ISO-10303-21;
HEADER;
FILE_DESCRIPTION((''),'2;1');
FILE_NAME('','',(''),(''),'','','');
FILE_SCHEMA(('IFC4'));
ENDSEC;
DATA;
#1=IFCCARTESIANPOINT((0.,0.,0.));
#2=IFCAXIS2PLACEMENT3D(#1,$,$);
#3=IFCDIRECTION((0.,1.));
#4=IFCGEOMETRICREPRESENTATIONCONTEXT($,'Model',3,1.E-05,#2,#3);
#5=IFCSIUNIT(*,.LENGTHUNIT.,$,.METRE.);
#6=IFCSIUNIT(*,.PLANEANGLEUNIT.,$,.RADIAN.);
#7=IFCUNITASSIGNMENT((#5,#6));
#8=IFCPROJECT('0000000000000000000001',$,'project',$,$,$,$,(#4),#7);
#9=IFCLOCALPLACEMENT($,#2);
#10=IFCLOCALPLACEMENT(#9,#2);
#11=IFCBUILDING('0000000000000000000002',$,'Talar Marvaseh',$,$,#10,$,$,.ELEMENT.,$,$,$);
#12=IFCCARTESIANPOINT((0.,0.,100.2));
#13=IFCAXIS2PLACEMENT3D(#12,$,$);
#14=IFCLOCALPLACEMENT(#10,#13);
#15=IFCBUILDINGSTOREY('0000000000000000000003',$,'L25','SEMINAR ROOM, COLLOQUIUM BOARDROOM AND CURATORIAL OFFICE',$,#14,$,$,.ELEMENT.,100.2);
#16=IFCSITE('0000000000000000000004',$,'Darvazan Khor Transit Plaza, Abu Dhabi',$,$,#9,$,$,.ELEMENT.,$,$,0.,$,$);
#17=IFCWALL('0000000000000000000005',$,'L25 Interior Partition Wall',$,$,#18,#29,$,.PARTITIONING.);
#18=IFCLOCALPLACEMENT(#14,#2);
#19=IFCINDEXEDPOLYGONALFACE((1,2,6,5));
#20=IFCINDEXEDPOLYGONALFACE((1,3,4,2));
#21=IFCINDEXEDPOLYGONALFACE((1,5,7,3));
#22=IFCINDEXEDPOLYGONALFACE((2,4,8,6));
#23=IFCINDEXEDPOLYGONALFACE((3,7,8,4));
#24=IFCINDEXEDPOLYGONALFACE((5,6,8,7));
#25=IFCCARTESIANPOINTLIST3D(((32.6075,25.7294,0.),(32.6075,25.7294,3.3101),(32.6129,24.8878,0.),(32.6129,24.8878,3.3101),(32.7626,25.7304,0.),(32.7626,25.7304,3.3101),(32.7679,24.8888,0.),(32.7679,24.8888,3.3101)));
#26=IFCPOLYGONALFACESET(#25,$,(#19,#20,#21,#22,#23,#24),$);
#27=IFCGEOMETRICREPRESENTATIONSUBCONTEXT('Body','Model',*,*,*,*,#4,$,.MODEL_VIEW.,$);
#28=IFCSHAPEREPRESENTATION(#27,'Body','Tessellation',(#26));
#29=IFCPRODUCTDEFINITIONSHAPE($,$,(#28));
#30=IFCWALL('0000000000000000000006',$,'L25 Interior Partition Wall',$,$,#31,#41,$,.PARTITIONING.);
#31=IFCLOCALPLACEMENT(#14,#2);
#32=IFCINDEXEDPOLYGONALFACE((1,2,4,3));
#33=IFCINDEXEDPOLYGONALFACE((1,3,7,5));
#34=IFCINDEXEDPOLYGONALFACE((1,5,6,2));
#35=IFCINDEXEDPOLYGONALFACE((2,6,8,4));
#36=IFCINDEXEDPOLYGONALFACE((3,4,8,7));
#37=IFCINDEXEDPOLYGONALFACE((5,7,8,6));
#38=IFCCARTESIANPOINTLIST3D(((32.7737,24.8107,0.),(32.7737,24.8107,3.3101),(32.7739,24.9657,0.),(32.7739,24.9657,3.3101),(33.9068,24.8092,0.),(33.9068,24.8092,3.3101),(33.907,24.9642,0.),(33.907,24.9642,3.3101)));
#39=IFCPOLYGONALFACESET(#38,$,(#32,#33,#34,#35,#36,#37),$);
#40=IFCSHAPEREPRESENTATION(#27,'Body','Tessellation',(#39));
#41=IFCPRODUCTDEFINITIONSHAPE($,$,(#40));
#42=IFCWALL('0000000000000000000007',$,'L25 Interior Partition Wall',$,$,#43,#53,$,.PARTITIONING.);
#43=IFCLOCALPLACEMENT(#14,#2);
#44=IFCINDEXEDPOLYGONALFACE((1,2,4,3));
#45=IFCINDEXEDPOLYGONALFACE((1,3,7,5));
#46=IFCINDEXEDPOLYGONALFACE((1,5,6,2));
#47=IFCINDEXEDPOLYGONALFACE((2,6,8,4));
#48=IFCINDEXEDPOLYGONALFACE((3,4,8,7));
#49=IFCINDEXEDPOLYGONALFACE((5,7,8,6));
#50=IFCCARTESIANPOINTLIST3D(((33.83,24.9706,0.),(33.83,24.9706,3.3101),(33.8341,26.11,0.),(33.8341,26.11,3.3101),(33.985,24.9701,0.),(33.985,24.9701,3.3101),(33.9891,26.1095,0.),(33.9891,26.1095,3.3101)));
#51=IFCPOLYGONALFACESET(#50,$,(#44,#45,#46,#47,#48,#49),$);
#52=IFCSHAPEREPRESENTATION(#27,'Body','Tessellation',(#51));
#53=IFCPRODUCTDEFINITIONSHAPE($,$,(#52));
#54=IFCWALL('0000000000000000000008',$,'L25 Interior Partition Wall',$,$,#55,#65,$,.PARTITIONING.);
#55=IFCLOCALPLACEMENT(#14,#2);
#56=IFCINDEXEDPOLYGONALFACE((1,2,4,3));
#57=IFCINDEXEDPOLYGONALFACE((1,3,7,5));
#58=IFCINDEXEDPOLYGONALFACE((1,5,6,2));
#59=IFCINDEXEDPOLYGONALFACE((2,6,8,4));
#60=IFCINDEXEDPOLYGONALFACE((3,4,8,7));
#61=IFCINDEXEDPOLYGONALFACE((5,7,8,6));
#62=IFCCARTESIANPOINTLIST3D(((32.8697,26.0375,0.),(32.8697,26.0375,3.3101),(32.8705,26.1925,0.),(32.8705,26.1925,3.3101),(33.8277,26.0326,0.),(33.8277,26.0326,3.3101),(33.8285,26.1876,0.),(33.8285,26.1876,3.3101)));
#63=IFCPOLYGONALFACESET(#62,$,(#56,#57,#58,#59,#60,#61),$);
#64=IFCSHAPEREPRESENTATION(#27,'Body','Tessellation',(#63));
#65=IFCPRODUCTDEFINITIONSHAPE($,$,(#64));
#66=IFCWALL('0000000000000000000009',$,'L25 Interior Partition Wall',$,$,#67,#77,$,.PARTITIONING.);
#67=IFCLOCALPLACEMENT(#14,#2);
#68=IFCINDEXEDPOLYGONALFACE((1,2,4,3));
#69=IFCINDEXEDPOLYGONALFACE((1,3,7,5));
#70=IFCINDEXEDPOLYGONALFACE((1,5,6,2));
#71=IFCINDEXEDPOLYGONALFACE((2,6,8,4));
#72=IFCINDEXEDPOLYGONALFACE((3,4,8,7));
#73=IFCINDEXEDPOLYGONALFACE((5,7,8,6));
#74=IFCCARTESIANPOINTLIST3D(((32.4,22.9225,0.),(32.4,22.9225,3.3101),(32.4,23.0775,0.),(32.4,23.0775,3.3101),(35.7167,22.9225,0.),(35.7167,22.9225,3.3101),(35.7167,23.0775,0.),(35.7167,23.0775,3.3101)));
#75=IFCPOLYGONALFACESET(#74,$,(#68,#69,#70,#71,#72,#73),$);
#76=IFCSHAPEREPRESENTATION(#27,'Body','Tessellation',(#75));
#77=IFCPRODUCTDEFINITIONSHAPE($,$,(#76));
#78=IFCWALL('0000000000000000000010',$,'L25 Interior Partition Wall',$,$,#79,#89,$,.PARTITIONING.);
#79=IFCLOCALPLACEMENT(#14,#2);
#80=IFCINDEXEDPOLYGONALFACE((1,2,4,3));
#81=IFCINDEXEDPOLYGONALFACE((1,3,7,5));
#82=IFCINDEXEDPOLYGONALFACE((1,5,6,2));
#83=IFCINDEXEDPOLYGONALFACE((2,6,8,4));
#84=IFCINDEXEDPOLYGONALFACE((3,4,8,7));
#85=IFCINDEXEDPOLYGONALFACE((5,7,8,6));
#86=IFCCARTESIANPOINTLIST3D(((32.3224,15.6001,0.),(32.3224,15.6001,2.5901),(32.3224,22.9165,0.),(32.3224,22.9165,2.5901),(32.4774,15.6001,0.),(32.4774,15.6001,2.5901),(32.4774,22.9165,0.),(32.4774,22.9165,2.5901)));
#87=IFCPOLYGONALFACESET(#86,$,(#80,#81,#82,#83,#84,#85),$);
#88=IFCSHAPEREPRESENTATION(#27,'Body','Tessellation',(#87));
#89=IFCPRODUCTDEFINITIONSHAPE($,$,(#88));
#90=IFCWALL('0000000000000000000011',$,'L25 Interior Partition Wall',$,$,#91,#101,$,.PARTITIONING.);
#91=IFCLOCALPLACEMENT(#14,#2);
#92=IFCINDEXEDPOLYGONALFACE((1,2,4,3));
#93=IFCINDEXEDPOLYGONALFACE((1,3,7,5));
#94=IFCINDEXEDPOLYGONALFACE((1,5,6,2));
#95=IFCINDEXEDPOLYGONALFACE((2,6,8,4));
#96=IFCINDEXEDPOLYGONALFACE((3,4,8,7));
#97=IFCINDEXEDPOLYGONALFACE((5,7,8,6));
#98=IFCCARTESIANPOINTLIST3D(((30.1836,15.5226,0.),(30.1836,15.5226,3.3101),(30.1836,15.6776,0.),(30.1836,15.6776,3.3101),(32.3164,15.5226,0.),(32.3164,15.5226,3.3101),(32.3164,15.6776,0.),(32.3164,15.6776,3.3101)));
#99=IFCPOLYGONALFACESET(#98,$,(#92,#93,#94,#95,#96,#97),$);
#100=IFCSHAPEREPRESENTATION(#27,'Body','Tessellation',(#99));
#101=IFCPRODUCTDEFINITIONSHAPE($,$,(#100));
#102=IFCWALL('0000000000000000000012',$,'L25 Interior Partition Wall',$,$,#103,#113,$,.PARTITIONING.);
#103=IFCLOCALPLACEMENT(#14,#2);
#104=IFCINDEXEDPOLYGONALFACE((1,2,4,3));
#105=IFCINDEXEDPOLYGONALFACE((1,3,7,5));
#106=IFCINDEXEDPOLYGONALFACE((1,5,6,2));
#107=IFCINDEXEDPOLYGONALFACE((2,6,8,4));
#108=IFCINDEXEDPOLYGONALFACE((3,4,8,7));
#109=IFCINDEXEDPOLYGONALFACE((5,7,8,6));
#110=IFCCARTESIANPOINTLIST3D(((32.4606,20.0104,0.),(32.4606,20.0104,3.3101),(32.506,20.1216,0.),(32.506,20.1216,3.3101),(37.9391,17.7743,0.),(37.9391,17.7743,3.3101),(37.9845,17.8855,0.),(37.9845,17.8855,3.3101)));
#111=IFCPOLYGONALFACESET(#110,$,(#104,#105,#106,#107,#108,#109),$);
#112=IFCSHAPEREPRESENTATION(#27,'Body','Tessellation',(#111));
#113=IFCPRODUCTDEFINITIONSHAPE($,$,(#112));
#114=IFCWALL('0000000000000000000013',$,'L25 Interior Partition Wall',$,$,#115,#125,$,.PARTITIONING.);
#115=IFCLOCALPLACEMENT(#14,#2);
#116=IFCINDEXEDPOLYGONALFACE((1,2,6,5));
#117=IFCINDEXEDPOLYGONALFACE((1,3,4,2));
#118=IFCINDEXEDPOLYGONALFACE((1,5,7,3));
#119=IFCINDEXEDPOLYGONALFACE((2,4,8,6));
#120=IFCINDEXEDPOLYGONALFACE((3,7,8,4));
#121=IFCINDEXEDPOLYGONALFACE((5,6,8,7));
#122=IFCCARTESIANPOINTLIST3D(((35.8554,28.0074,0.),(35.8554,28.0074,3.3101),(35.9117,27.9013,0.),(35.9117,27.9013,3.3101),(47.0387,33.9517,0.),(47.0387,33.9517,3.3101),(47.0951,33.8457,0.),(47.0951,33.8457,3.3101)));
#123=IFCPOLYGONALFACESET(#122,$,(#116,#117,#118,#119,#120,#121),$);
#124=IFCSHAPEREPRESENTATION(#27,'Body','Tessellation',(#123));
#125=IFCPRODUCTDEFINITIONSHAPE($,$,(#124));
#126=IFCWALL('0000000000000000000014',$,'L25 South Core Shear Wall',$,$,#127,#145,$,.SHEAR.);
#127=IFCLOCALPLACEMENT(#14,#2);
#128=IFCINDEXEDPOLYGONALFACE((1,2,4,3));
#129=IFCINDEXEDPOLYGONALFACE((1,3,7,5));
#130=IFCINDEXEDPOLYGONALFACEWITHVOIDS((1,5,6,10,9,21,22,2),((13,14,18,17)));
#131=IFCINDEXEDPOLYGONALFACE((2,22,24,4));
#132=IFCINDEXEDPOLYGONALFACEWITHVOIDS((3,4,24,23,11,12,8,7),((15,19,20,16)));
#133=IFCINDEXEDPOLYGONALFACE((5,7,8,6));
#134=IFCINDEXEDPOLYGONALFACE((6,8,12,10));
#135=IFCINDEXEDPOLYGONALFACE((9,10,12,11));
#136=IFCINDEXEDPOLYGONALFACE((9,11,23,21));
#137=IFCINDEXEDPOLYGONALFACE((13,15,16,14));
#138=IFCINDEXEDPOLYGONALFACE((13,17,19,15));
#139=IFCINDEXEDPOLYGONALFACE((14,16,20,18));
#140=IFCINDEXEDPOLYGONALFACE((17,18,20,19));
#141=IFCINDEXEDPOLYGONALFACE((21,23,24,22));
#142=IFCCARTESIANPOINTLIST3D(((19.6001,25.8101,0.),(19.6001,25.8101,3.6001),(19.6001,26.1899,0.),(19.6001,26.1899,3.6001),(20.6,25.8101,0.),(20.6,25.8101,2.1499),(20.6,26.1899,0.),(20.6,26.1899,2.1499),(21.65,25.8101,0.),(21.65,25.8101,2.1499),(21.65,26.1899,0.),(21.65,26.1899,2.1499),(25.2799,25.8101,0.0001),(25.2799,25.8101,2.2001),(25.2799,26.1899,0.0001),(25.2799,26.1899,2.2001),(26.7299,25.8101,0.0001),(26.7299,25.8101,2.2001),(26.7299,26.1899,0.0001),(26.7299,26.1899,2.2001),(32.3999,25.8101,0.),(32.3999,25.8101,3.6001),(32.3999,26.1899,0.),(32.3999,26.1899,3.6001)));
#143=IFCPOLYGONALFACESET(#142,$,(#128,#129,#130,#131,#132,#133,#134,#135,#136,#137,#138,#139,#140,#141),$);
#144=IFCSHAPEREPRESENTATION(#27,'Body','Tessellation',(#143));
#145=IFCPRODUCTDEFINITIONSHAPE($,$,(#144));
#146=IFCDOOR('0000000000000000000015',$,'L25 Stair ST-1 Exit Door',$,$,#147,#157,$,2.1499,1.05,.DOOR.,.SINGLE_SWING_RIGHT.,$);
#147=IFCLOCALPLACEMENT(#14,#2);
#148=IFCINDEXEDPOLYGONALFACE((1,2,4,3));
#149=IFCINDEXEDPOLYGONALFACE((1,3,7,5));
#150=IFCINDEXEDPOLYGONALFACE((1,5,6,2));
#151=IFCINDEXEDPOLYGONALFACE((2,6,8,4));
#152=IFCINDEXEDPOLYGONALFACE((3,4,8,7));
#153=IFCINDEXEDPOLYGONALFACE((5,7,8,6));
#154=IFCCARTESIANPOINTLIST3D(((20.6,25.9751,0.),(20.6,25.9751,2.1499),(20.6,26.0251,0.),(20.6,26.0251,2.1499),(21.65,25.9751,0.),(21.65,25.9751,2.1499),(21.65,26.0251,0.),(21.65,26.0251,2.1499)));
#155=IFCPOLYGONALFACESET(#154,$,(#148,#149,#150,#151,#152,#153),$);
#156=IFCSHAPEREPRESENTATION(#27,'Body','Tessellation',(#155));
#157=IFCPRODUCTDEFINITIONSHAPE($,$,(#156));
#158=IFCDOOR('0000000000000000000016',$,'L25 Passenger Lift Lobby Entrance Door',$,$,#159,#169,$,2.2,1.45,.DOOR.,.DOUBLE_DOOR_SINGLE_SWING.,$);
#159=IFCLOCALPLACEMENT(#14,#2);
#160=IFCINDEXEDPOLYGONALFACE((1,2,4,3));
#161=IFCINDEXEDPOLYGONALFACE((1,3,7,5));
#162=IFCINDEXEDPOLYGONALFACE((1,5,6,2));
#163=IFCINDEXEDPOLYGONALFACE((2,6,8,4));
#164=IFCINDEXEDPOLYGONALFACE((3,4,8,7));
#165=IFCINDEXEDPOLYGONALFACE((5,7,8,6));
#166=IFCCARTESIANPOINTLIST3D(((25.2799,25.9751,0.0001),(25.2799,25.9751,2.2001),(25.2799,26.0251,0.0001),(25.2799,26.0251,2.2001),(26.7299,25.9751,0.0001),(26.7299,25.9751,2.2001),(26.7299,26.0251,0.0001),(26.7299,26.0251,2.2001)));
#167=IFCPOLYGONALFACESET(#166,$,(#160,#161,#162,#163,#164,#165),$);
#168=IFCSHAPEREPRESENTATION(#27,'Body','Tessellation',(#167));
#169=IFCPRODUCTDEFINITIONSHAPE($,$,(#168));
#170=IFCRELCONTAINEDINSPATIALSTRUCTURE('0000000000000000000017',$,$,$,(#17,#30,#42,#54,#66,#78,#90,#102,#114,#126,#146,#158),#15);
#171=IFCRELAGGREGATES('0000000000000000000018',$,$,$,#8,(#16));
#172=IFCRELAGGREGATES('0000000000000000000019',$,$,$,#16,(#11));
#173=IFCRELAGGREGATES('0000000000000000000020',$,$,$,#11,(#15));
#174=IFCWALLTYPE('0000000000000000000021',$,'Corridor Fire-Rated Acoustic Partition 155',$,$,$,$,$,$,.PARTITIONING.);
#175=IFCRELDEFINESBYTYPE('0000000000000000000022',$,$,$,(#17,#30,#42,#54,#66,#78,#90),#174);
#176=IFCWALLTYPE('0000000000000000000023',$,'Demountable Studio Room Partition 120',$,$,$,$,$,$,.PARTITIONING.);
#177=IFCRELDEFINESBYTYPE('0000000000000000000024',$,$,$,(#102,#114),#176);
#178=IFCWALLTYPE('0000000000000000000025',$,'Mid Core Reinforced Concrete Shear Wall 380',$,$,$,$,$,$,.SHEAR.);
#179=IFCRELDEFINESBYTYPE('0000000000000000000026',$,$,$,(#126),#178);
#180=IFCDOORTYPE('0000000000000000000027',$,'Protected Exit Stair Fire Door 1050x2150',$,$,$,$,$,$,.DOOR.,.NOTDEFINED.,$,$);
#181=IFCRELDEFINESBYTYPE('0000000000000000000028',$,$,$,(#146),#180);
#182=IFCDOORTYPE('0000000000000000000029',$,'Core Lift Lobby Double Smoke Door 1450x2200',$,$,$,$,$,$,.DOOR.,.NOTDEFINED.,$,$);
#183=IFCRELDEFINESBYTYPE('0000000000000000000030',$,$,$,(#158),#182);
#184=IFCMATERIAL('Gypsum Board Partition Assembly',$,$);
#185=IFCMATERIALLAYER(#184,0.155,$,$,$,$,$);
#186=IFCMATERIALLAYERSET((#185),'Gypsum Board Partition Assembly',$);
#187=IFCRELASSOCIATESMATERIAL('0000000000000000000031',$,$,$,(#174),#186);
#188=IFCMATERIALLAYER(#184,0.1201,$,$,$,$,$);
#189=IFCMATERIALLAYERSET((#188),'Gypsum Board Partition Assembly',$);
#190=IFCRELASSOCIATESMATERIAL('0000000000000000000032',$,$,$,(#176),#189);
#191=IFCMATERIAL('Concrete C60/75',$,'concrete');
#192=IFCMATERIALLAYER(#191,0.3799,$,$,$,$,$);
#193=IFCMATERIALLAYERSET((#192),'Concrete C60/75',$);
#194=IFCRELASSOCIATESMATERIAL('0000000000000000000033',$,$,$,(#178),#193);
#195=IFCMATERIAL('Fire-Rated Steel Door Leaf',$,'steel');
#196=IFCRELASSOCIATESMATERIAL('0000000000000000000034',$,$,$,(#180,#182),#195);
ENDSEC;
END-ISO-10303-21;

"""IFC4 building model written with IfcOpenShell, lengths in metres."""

from ifc_helpers import new_model, si_unit, direction, frame, frame_2d, origin, place, context, subcontext, project, spatial, rectangle, extrude, source, transform, mapped, material, layer, layer_set, type_object, type_shapes, element, fill, save


model = new_model("IFC4")

# Units and contexts
model_context = context("Model", 3, precision=1e-05, world=origin(), true_north=direction((0.0, 1.0)))
body_context = subcontext(model_context, "Body", "Model", "MODEL_VIEW")
ifc_project = project(units=[si_unit("LENGTHUNIT", "METRE"), si_unit("PLANEANGLEUNIT", "RADIAN")], contexts=[model_context])

# Site, building, storey
site_placement = place(None, origin())
site = spatial("IfcSite", under=ifc_project, at=site_placement, Name="Darvazan Khor Transit Plaza, Abu Dhabi", CompositionType="ELEMENT", RefElevation=0.0)
building_placement = place(site_placement, origin())
building = spatial("IfcBuilding", under=site, at=building_placement, Name="Talar Marvaseh", CompositionType="ELEMENT")
storey_placement = place(building_placement, frame((0.0, 0.0, 100.2)))
storey = spatial("IfcBuildingStorey", under=building, at=storey_placement, Name="L25", Description="SEMINAR ROOM, COLLOQUIUM BOARDROOM AND CURATORIAL OFFICE", CompositionType="ELEMENT", Elevation=100.2)

# Shared definitions
ifc_material_1 = material(Name="Concrete C60/75", Category="concrete")

# Walls
ifc_material_2 = material(Name="Gypsum Board Partition Assembly")
ifc_layer_1 = layer(ifc_material_2, 0.155)
ifc_layer_set_1 = layer_set([ifc_layer_1], Name="Gypsum Board Partition Assembly")
wall_type_1 = type_object("IfcWallType", Name="Corridor Fire-Rated Acoustic Partition 155", PredefinedType="PARTITIONING", material=ifc_layer_set_1)
wall_1_placement = place(storey_placement, frame((32.6851, 25.73, 0.0), z_axis=(0.0, 0.0, 1.0), x_axis=(0.006382, -0.99998, 0.0)))
element("IfcWall", 1, at=wall_1_placement, inside=storey, type_object=wall_type_1, Name="L25 Interior Partition Wall", PredefinedType="PARTITIONING", context=body_context, shape_type="SweptSolid", body=[
    extrude(rectangle(XDim=0.8416, YDim=0.155, at=frame_2d((0.4209, 0.0))), origin(), (0.0, 0.0, 1.0), 3.3101),
])
wall_2_placement = place(storey_placement, frame((32.7739, 24.8882, 0.0), z_axis=(0.0, 0.0, 1.0), x_axis=(0.999999, -0.001293, 0.0)))
element("IfcWall", 2, at=wall_2_placement, inside=storey, type_object=wall_type_1, Name="L25 Interior Partition Wall", PredefinedType="PARTITIONING", context=body_context, shape_type="SweptSolid", body=[
    extrude(rectangle(XDim=1.1331, YDim=0.155, at=frame_2d((0.5664, 0.0))), origin(), (0.0, 0.0, 1.0), 3.3101),
])
wall_3_placement = place(storey_placement, frame((33.9075, 24.9702, 0.0), z_axis=(0.0, 0.0, 1.0), x_axis=(0.003643, 0.999993, 0.0)))
element("IfcWall", 3, at=wall_3_placement, inside=storey, type_object=wall_type_1, Name="L25 Interior Partition Wall", PredefinedType="PARTITIONING", context=body_context, shape_type="SweptSolid", body=[
    extrude(rectangle(XDim=1.1394, YDim=0.155, at=frame_2d((0.5698, 0.0))), origin(), (0.0, 0.0, 1.0), 3.3101),
])
wall_4_placement = place(storey_placement, frame((33.8281, 26.1101, 0.0), z_axis=(0.0, 0.0, 1.0), x_axis=(-0.999987, 0.005097, 0.0)))
element("IfcWall", 4, at=wall_4_placement, inside=storey, type_object=wall_type_1, Name="L25 Interior Partition Wall", PredefinedType="PARTITIONING", context=body_context, shape_type="SweptSolid", body=[
    extrude(rectangle(XDim=0.958, YDim=0.155, at=frame_2d((0.479, 0.0))), origin(), (0.0, 0.0, 1.0), 3.3101),
])
wall_5_placement = place(storey_placement, frame((35.7166, 23.0, 0.0), z_axis=(0.0, 0.0, 1.0), x_axis=(-1.0, 0.0, 0.0)))
element("IfcWall", 5, at=wall_5_placement, inside=storey, type_object=wall_type_1, Name="L25 Interior Partition Wall", PredefinedType="PARTITIONING", context=body_context, shape_type="SweptSolid", body=[
    extrude(rectangle(XDim=3.3167, YDim=0.155, at=frame_2d((1.6582, 0.0))), origin(), (0.0, 0.0, 1.0), 3.3101),
])
wall_6_placement = place(storey_placement, frame((32.3999, 22.9165, 0.0), z_axis=(0.0, 0.0, 1.0), x_axis=(0.0, -1.0, 0.0)))
element("IfcWall", 6, at=wall_6_placement, inside=storey, type_object=wall_type_1, Name="L25 Interior Partition Wall", PredefinedType="PARTITIONING", context=body_context, shape_type="SweptSolid", body=[
    extrude(rectangle(XDim=7.3164, YDim=0.155, at=frame_2d((3.6582, 0.0))), origin(), (0.0, 0.0, 1.0), 2.5901),
])
wall_7_placement = place(storey_placement, frame((32.3164, 15.6001, 0.0), z_axis=(0.0, 0.0, 1.0), x_axis=(-1.0, 0.0, 0.0)))
element("IfcWall", 7, at=wall_7_placement, inside=storey, type_object=wall_type_1, Name="L25 Interior Partition Wall", PredefinedType="PARTITIONING", context=body_context, shape_type="SweptSolid", body=[
    extrude(rectangle(XDim=2.1328, YDim=0.155, at=frame_2d((1.0664, 0.0))), origin(), (0.0, 0.0, 1.0), 3.3101),
])
ifc_layer_2 = layer(ifc_material_2, 0.1201)
ifc_layer_set_2 = layer_set([ifc_layer_2], Name="Gypsum Board Partition Assembly")
wall_type_2 = type_object("IfcWallType", Name="Demountable Studio Room Partition 120", PredefinedType="PARTITIONING", material=ifc_layer_set_2)
wall_8_placement = place(storey_placement, frame((32.4834, 20.0659, 0.0), z_axis=(0.0, 0.0, 1.0), x_axis=(0.92585, -0.377891, 0.0)))
element("IfcWall", 8, at=wall_8_placement, inside=storey, type_object=wall_type_2, Name="L25 Interior Partition Wall", PredefinedType="PARTITIONING", context=body_context, shape_type="SweptSolid", body=[
    extrude(rectangle(XDim=5.9172, YDim=0.1201, at=frame_2d((2.9585, 0.0))), origin(), (0.0, 0.0, 1.0), 3.3101),
])
wall_9_placement = place(storey_placement, frame((35.8835, 27.9543, 0.0), z_axis=(0.0, 0.0, 1.0), x_axis=(0.883012, 0.469351, 0.0)))
element("IfcWall", 9, at=wall_9_placement, inside=storey, type_object=wall_type_2, Name="L25 Interior Partition Wall", PredefinedType="PARTITIONING", context=body_context, shape_type="SweptSolid", body=[
    extrude(rectangle(XDim=12.665, YDim=0.1201, at=frame_2d((6.3325, 0.0))), origin(), (0.0, 0.0, 1.0), 3.3101),
])

# Wall, openings, doors
ifc_layer_3 = layer(ifc_material_1, 0.3799)
ifc_layer_set_3 = layer_set([ifc_layer_3], Name="Concrete C60/75")
wall_type_3 = type_object("IfcWallType", Name="Mid Core Reinforced Concrete Shear Wall 380", PredefinedType="SHEAR", material=ifc_layer_set_3)
wall_10_placement = place(storey_placement, frame((32.3999, 26.0, 0.0), z_axis=(0.0, 0.0, 1.0), x_axis=(-1.0, 0.0, 0.0)))
wall_10 = element("IfcWall", 10, at=wall_10_placement, inside=storey, type_object=wall_type_3, Name="L25 South Core Shear Wall", PredefinedType="SHEAR", context=body_context, shape_type="SweptSolid", body=[
    extrude(rectangle(XDim=12.7998, YDim=0.3799, at=frame_2d((6.3999, 0.0))), origin(), (0.0, 0.0, 1.0), 3.6001),
])
opening_1_placement = place(wall_10_placement, frame((10.75, 0.0, 0.0)))
opening_1 = element("IfcOpeningElement", 11, at=opening_1_placement, cuts=wall_10, PredefinedType="OPENING", context=body_context, shape_type="SweptSolid", body=[
    extrude(rectangle(XDim=1.05, YDim=2.1499, at=frame_2d((0.5249, 1.075))), frame((0.0, 0.2, 0.0), z_axis=(0.0, -1.0, 0.0), x_axis=(1.0, 0.0, 0.0)), (0.0, 0.0, 1.0), 0.3999),
])
opening_2_placement = place(wall_10_placement, frame((5.6699, 0.0, 0.0)))
opening_2 = element("IfcOpeningElement", 12, at=opening_2_placement, cuts=wall_10, PredefinedType="OPENING", context=body_context, shape_type="SweptSolid", body=[
    extrude(rectangle(XDim=1.45, YDim=2.2, at=frame_2d((0.7251, 1.1001))), frame((0.0, 0.2, 0.0), z_axis=(0.0, -1.0, 0.0), x_axis=(1.0, 0.0, 0.0)), (0.0, 0.0, 1.0), 0.3999),
])
ifc_material_3 = material(Name="Fire-Rated Steel Door Leaf", Category="steel")
door_type_1 = type_object("IfcDoorType", Name="Protected Exit Stair Fire Door 1050x2150", OperationType="NOTDEFINED", PredefinedType="DOOR", material=ifc_material_3)
shared_shape_1 = source(origin(), body_context, "Body", "SweptSolid", [
    extrude(rectangle(XDim=1.05, YDim=2.1499, at=frame_2d((0.5249, 1.075))), frame((0.0, 0.0249, 0.0), z_axis=(0.0, -1.0, 0.0), x_axis=(1.0, 0.0, 0.0)), (0.0, 0.0, 1.0), 0.05),
])
type_shapes(door_type_1, [shared_shape_1])
door_1_placement = place(opening_1_placement, origin())
door_1 = element("IfcDoor", 13, at=door_1_placement, inside=storey, type_object=door_type_1, Name="L25 Stair ST-1 Exit Door", OperationType="SINGLE_SWING_RIGHT", OverallHeight=2.1499, OverallWidth=1.05, PredefinedType="DOOR", context=body_context, shape_type="MappedRepresentation", body=[
    mapped(shared_shape_1, transform((0.0, 0.0, 0.0), x_axis=(1.0, 0.0, 0.0), y_axis=(0.0, 1.0, 0.0), z_axis=(0.0, 0.0, 1.0), scale=1.0)),
])
fill(opening_1, door_1)
door_type_2 = type_object("IfcDoorType", Name="Core Lift Lobby Double Smoke Door 1450x2200", OperationType="NOTDEFINED", PredefinedType="DOOR", material=ifc_material_3)
shared_shape_2 = source(origin(), body_context, "Body", "SweptSolid", [
    extrude(rectangle(XDim=1.45, YDim=2.2, at=frame_2d((0.7251, 1.1001))), frame((0.0, 0.0249, 0.0), z_axis=(0.0, -1.0, 0.0), x_axis=(1.0, 0.0, 0.0)), (0.0, 0.0, 1.0), 0.05),
])
type_shapes(door_type_2, [shared_shape_2])
door_2_placement = place(opening_2_placement, origin())
door_2 = element("IfcDoor", 14, at=door_2_placement, inside=storey, type_object=door_type_2, Name="L25 Passenger Lift Lobby Entrance Door", OperationType="DOUBLE_DOOR_SINGLE_SWING", OverallHeight=2.2, OverallWidth=1.45, PredefinedType="DOOR", context=body_context, shape_type="MappedRepresentation", body=[
    mapped(shared_shape_2, transform((0.0, 0.0, 0.0), x_axis=(1.0, 0.0, 0.0), y_axis=(0.0, 1.0, 0.0), z_axis=(0.0, 0.0, 1.0), scale=1.0)),
])
fill(opening_2, door_2)

save(model, "model.ifc")
